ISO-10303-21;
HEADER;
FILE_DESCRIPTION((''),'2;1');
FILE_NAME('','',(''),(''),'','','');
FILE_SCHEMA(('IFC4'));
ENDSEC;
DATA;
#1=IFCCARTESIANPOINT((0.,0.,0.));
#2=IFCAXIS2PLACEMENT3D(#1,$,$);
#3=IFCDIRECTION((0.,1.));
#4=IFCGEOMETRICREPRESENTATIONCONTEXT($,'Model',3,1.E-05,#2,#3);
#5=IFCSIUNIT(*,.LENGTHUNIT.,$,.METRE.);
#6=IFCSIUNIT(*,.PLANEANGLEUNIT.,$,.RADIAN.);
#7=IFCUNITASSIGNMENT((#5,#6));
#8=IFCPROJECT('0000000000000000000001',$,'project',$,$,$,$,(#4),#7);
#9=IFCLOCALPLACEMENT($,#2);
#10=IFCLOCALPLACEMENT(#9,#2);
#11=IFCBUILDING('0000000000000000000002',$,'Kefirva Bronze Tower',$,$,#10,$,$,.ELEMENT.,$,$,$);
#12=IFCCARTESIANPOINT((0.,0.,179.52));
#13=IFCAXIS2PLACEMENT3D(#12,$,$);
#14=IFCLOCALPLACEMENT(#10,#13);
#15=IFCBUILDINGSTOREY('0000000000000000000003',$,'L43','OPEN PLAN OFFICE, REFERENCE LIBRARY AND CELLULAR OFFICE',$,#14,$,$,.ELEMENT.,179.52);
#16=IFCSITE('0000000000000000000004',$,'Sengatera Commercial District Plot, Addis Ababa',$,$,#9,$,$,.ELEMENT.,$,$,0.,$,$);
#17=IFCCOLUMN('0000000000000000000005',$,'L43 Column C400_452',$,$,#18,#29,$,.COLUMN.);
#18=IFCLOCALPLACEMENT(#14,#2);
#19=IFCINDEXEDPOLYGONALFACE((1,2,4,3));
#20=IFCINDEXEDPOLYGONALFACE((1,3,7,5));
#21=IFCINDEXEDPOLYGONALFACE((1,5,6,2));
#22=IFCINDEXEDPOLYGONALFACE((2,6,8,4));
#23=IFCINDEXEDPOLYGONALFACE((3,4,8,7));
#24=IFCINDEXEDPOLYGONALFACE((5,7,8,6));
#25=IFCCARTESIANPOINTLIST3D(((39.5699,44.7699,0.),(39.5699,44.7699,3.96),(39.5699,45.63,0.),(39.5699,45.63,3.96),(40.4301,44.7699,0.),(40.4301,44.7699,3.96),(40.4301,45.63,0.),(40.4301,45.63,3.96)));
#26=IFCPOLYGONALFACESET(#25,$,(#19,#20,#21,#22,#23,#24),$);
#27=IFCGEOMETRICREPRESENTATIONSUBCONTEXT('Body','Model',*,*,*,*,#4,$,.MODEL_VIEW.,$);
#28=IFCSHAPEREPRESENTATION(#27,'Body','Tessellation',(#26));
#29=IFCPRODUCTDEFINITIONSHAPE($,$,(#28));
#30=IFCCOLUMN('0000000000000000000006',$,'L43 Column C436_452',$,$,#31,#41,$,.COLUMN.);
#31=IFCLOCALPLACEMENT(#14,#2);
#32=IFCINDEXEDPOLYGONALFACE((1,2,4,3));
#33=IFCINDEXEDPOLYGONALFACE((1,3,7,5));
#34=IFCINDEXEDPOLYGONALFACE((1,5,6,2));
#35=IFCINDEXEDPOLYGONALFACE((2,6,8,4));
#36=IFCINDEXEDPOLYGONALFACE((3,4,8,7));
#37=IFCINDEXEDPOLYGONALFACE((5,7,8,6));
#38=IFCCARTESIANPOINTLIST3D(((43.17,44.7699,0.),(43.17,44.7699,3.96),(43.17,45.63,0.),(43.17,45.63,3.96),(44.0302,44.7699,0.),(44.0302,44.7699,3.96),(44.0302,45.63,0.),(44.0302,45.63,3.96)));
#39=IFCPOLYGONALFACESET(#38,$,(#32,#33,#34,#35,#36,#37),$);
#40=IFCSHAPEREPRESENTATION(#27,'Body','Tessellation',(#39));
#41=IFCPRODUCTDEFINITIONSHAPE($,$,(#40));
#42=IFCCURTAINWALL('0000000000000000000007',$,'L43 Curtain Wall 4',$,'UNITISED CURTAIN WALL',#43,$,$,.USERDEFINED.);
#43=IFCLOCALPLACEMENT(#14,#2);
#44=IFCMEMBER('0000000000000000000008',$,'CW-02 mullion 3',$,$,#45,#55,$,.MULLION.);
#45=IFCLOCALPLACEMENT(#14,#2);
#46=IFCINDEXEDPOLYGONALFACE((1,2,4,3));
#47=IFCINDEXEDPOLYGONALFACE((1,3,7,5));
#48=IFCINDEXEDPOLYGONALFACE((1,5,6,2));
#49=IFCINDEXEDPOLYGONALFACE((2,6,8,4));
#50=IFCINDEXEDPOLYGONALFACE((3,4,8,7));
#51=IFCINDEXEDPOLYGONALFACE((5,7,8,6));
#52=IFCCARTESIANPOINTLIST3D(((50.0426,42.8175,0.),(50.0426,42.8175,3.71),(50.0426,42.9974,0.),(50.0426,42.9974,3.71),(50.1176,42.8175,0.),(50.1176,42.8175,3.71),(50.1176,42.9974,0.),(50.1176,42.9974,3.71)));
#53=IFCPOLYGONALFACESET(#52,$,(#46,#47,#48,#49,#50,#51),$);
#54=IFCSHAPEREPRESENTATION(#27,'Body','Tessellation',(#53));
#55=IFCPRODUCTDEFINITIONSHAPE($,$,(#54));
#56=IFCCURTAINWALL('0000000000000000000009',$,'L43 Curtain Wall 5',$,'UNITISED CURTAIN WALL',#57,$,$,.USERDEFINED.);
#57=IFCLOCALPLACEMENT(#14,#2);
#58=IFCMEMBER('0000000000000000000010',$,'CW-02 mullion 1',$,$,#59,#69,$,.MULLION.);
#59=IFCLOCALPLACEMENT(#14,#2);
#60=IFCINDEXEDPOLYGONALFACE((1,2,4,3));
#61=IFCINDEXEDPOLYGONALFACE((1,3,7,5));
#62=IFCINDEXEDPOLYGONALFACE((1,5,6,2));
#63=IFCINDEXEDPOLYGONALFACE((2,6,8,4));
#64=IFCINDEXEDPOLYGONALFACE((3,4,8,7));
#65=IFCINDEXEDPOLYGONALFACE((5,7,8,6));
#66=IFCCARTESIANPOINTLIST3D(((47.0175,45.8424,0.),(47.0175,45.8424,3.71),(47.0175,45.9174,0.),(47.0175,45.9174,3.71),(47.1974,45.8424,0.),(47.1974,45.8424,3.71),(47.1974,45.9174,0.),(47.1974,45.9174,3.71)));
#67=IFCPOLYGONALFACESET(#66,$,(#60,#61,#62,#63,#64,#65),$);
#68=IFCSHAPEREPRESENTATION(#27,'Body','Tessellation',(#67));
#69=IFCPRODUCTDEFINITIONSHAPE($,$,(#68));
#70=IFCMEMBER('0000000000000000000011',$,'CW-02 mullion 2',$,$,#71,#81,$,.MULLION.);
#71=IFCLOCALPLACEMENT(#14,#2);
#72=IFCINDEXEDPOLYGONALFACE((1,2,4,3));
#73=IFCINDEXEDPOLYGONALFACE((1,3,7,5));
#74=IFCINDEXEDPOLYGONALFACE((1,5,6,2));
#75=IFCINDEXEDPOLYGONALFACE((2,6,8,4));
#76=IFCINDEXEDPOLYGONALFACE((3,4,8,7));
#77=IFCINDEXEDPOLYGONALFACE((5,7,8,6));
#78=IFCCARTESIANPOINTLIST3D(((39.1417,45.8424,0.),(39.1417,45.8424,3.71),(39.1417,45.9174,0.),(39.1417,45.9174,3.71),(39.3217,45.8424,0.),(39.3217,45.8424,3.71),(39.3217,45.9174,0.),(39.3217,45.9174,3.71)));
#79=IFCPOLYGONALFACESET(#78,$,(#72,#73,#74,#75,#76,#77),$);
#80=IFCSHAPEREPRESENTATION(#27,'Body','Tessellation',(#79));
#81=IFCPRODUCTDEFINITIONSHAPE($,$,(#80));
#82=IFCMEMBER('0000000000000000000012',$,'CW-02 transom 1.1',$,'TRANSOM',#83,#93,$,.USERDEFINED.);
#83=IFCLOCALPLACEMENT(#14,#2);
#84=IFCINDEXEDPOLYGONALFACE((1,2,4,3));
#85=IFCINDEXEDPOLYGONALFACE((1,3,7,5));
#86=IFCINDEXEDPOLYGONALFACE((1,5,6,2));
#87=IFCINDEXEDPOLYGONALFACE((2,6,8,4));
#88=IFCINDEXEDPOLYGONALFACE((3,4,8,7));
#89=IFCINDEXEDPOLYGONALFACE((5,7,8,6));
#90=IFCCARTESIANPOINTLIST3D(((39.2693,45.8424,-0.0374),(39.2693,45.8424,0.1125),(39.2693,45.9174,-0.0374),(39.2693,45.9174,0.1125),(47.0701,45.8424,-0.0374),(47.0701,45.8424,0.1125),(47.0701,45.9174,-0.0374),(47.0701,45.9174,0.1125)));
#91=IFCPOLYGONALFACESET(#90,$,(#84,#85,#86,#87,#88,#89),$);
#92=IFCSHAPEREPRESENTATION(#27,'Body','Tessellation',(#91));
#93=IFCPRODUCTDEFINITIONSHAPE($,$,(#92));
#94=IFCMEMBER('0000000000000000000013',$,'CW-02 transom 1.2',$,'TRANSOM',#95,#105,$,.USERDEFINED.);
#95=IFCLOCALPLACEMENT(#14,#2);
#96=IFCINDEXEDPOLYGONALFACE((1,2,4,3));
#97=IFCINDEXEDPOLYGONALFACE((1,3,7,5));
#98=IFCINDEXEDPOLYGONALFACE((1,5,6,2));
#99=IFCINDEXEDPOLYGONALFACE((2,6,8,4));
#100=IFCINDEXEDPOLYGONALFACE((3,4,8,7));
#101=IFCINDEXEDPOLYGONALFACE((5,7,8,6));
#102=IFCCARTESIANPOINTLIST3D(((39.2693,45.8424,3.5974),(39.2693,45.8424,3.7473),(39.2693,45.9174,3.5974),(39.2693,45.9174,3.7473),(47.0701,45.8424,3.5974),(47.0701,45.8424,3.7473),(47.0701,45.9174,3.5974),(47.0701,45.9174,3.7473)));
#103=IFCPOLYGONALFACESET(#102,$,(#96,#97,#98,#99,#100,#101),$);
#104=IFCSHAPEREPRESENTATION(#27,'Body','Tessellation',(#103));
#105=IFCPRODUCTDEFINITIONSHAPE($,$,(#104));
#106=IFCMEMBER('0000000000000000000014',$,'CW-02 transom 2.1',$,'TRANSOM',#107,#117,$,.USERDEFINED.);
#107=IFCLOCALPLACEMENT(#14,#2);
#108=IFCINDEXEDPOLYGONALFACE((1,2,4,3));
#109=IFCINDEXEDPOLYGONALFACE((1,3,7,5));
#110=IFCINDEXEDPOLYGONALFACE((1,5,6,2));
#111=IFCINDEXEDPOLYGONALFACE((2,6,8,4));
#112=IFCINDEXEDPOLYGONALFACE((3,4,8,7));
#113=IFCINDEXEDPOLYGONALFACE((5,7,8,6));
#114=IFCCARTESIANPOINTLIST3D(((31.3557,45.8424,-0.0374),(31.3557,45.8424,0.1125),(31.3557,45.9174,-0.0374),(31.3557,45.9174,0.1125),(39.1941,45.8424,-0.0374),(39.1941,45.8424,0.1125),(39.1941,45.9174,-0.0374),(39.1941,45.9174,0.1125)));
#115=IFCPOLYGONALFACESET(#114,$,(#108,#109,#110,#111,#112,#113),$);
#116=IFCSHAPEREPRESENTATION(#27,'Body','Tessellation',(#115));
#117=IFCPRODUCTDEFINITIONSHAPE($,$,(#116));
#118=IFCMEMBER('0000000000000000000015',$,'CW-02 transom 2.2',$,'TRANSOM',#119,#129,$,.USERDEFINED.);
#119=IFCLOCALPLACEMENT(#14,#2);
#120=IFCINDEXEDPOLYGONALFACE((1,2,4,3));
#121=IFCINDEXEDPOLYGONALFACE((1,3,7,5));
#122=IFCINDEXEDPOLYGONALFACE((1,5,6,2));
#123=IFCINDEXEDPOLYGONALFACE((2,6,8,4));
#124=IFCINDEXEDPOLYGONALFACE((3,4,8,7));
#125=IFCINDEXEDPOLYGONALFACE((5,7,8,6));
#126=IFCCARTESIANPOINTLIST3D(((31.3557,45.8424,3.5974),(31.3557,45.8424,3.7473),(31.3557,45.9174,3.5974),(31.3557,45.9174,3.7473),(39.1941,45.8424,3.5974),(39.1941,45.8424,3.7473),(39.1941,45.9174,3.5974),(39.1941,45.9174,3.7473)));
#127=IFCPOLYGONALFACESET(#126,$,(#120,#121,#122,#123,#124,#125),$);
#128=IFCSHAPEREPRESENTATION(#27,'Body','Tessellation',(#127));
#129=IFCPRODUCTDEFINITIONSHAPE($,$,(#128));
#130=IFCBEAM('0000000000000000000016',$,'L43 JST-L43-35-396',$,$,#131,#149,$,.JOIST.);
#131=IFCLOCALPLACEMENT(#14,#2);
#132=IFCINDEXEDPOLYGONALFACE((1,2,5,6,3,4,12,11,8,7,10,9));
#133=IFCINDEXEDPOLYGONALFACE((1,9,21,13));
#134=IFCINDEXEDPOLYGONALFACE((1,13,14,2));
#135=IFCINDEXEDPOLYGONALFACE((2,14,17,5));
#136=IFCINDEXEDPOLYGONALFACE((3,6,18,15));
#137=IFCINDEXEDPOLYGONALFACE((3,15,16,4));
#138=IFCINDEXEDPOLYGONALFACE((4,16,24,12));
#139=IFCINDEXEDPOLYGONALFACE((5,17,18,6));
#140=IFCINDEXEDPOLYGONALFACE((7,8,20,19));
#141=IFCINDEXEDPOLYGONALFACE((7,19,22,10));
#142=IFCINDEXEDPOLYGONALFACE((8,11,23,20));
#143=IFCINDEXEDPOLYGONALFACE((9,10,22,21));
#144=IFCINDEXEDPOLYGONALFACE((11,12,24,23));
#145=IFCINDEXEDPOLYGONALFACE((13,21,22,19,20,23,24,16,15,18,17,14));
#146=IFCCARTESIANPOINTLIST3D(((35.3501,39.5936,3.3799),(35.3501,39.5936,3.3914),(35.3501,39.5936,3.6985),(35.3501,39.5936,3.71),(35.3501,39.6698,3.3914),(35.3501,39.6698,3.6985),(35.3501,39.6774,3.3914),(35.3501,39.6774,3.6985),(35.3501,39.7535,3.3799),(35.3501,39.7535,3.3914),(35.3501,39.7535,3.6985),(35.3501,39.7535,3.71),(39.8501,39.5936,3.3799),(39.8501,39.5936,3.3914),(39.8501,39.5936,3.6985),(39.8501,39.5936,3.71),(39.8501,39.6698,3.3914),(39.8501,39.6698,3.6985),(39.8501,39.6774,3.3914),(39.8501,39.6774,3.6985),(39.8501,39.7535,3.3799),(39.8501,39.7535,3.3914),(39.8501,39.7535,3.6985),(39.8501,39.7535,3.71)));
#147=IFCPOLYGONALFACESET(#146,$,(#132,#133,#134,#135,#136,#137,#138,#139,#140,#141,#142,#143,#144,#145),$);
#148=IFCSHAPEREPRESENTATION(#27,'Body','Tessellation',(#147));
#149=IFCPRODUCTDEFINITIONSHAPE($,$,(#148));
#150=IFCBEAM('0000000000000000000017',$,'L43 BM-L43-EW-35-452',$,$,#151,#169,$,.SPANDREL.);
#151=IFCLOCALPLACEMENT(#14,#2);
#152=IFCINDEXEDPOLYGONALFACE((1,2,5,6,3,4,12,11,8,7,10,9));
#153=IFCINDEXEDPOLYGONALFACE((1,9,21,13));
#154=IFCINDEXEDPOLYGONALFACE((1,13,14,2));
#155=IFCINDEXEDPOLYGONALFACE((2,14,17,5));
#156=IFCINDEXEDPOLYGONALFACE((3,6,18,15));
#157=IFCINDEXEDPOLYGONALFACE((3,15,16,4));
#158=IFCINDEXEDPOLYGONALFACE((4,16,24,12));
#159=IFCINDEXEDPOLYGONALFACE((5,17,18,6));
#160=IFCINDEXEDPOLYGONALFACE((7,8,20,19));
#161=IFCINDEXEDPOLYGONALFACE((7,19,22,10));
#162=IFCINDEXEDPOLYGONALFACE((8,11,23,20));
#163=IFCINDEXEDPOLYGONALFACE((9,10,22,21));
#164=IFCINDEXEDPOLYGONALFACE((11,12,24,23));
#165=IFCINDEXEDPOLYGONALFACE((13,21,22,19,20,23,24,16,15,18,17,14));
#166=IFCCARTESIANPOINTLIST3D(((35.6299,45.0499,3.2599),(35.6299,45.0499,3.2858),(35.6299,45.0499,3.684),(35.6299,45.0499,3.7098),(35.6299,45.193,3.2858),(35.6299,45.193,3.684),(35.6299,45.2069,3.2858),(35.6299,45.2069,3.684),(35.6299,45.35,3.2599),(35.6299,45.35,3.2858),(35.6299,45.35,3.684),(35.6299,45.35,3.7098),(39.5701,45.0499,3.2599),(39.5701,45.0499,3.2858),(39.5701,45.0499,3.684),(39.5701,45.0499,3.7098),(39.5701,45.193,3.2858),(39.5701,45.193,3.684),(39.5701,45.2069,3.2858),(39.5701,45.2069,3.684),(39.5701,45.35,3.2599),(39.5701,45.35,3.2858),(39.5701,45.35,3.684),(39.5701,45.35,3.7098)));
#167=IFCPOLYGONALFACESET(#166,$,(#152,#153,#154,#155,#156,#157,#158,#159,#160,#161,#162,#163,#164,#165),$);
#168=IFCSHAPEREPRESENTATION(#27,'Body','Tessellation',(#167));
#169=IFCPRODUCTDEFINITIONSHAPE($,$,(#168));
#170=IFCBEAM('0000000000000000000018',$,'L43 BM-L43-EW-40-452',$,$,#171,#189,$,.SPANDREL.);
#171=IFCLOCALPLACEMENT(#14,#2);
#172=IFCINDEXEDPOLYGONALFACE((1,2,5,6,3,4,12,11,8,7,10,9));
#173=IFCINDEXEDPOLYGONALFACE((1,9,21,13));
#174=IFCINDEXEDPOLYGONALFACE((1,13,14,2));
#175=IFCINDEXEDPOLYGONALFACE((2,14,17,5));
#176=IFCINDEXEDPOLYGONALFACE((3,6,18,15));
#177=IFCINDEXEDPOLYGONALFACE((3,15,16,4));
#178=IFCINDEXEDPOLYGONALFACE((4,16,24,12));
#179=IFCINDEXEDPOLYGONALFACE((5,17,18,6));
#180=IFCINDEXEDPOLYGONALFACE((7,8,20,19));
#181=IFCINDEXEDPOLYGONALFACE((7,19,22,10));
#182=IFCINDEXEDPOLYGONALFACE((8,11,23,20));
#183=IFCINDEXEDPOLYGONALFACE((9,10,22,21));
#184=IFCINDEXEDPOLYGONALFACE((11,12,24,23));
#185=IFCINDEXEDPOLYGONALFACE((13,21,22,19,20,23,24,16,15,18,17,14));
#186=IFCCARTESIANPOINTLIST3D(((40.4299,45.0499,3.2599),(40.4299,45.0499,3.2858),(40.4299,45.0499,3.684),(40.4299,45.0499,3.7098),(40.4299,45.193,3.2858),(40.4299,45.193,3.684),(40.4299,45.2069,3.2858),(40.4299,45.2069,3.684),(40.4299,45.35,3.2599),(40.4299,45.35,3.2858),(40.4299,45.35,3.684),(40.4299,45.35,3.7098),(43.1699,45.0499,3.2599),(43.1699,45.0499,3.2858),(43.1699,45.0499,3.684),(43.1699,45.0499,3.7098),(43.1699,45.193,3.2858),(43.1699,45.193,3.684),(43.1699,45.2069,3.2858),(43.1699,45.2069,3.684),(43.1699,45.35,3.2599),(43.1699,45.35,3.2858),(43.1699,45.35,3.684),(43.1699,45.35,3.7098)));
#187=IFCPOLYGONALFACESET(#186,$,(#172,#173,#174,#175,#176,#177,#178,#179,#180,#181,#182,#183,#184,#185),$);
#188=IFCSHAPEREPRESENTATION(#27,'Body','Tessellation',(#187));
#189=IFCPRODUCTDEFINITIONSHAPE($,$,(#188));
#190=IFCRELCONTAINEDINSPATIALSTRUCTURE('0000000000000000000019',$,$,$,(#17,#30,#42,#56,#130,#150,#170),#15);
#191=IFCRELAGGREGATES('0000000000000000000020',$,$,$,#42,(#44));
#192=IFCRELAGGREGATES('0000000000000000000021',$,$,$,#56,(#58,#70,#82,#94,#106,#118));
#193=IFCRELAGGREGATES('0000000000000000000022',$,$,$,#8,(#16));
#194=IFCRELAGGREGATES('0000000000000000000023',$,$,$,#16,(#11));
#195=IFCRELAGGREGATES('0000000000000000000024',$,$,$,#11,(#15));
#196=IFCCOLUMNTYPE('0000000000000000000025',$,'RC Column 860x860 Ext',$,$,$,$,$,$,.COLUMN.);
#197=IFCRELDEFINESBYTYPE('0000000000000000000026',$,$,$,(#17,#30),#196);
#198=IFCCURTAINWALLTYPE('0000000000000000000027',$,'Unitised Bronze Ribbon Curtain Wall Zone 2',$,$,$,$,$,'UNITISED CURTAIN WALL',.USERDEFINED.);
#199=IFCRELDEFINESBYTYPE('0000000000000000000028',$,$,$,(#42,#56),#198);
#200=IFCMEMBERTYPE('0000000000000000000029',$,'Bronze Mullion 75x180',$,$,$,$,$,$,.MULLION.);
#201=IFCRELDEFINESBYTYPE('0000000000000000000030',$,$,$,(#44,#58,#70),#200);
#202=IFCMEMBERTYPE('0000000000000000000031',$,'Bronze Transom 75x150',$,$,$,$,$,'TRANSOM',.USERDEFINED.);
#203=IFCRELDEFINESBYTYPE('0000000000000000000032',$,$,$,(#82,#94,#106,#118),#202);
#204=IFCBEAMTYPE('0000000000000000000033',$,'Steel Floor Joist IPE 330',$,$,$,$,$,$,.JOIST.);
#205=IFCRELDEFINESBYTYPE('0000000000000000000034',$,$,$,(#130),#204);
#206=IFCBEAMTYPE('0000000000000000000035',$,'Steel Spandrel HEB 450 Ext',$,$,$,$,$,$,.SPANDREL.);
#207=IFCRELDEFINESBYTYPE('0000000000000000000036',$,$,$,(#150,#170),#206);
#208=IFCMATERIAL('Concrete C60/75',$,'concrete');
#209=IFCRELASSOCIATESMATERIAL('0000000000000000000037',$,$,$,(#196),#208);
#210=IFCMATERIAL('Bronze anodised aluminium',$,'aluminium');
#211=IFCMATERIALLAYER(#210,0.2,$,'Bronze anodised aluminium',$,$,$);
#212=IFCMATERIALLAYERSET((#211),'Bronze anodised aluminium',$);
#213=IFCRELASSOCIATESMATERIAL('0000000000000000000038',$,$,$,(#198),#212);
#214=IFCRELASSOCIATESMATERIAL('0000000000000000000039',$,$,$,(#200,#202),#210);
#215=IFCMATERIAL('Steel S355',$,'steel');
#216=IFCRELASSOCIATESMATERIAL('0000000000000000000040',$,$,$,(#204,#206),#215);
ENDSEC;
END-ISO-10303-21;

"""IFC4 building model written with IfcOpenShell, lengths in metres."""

from ifc_helpers import new_model, si_unit, direction, frame, origin, origin_2d, place, context, subcontext, project, spatial, rectangle, i_section, extrude, material, layer, layer_set, material_profile, profile_set, type_object, element, aggregate, save


model = new_model("IFC4")

# Units and contexts
model_context = context("Model", 3, precision=1e-05, world=origin(), true_north=direction((0.0, 1.0)))
body_context = subcontext(model_context, "Body", "Model", "MODEL_VIEW")
ifc_project = project(units=[si_unit("LENGTHUNIT", "METRE"), si_unit("PLANEANGLEUNIT", "RADIAN")], contexts=[model_context])

# Site, building, storey
site_placement = place(None, origin())
site = spatial("IfcSite", under=ifc_project, at=site_placement, Name="Sengatera Commercial District Plot, Addis Ababa", CompositionType="ELEMENT", RefElevation=0.0)
building_placement = place(site_placement, origin())
building = spatial("IfcBuilding", under=site, at=building_placement, Name="Kefirva Bronze Tower", CompositionType="ELEMENT")
storey_placement = place(building_placement, frame((0.0, 0.0, 179.52)))
storey = spatial("IfcBuildingStorey", under=building, at=storey_placement, Name="L43", Description="OPEN PLAN OFFICE, REFERENCE LIBRARY AND CELLULAR OFFICE", CompositionType="ELEMENT", Elevation=179.52)

# Columns
ifc_material_1 = material(Name="Concrete C60/75", Category="concrete")
ifc_material_profile_1 = material_profile(ifc_material_1, rectangle(XDim=0.8601, YDim=0.8601, at=origin_2d()), Name="RC 860x860")
ifc_profile_set_1 = profile_set([ifc_material_profile_1], Name="Concrete C60/75")
column_type = type_object("IfcColumnType", Name="RC Column 860x860 Ext", PredefinedType="COLUMN", material=ifc_profile_set_1)
for number, where, z_axis, x_axis, name in (
    (1, (40.0, 45.2, 0.0), (0.0, 0.0, 1.0), (1.0, 0.0, 0.0), "L43 Column C400_452"),
    (2, (43.6001, 45.2, 0.0), (0.0, 0.0, 1.0), (1.0, 0.0, 0.0), "L43 Column C436_452"),
):
    element("IfcColumn", number, at=place(storey_placement, frame(where, z_axis=z_axis, x_axis=x_axis)), inside=storey, type_object=column_type, Name=name, PredefinedType="COLUMN", context=body_context, shape_type="SweptSolid", body=[
        extrude(rectangle(XDim=0.8601, YDim=0.8601, at=origin_2d()), origin(), (0.0, 0.0, 1.0), 3.96),
    ])

# Curtain wall, member
ifc_material_2 = material(Name="Bronze anodised aluminium", Category="aluminium")
ifc_layer_1 = layer(ifc_material_2, 0.2, Name="Bronze anodised aluminium")
ifc_layer_set_1 = layer_set([ifc_layer_1], Name="Bronze anodised aluminium")
curtain_wall_type = type_object("IfcCurtainWallType", Name="Unitised Bronze Ribbon Curtain Wall Zone 2", ElementType="UNITISED CURTAIN WALL", PredefinedType="USERDEFINED", material=ifc_layer_set_1)
curtain_wall_1_placement = place(storey_placement, origin())
curtain_wall_1 = element("IfcCurtainWall", 3, at=curtain_wall_1_placement, inside=storey, type_object=curtain_wall_type, Name="L43 Curtain Wall 4", ObjectType="UNITISED CURTAIN WALL", PredefinedType="USERDEFINED")
ifc_material_profile_2 = material_profile(ifc_material_2, rectangle(XDim=0.075, YDim=0.1799, at=origin_2d()), Name="ALU 75x180")
ifc_profile_set_2 = profile_set([ifc_material_profile_2], Name="Bronze anodised aluminium")
member_type_1 = type_object("IfcMemberType", Name="Bronze Mullion 75x180", PredefinedType="MULLION", material=ifc_profile_set_2)
member_1_placement = place(storey_placement, frame((50.0801, 42.9075, 0.0), z_axis=(0.0, 0.0, 1.0), x_axis=(-1.0, 0.0, 0.0)))
member_1 = element("IfcMember", 4, at=member_1_placement, type_object=member_type_1, Name="CW-02 mullion 3", PredefinedType="MULLION", context=body_context, shape_type="SweptSolid", body=[
    extrude(rectangle(XDim=0.075, YDim=0.1799, at=origin_2d()), origin(), (0.0, 0.0, 1.0), 3.71),
])
aggregate(curtain_wall_1, [member_1])

# Curtain wall, members
curtain_wall_2_placement = place(storey_placement, origin())
curtain_wall_2 = element("IfcCurtainWall", 5, at=curtain_wall_2_placement, inside=storey, type_object=curtain_wall_type, Name="L43 Curtain Wall 5", ObjectType="UNITISED CURTAIN WALL", PredefinedType="USERDEFINED")
member_2_placement = place(storey_placement, frame((47.1074, 45.8799, 0.0), z_axis=(0.0, 0.0, 1.0), x_axis=(0.0, -1.0, 0.0)))
member_2 = element("IfcMember", 6, at=member_2_placement, type_object=member_type_1, Name="CW-02 mullion 1", PredefinedType="MULLION", context=body_context, shape_type="SweptSolid", body=[
    extrude(rectangle(XDim=0.075, YDim=0.1799, at=origin_2d()), origin(), (0.0, 0.0, 1.0), 3.71),
])
member_3_placement = place(storey_placement, frame((39.2317, 45.8799, 0.0), z_axis=(0.0, 0.0, 1.0), x_axis=(0.0, -1.0, 0.0)))
member_3 = element("IfcMember", 7, at=member_3_placement, type_object=member_type_1, Name="CW-02 mullion 2", PredefinedType="MULLION", context=body_context, shape_type="SweptSolid", body=[
    extrude(rectangle(XDim=0.075, YDim=0.1799, at=origin_2d()), origin(), (0.0, 0.0, 1.0), 3.71),
])
ifc_material_profile_3 = material_profile(ifc_material_2, rectangle(XDim=0.075, YDim=0.1499, at=origin_2d()), Name="ALU 75x150")
ifc_profile_set_3 = profile_set([ifc_material_profile_3], Name="Bronze anodised aluminium")
member_type_2 = type_object("IfcMemberType", Name="Bronze Transom 75x150", ElementType="TRANSOM", PredefinedType="USERDEFINED", material=ifc_profile_set_3)
member_4_placement = place(storey_placement, frame((47.0701, 45.8799, 0.0376), z_axis=(-1.0, 0.0, 0.0), x_axis=(0.0, -1.0, 0.0)))
member_4 = element("IfcMember", 8, at=member_4_placement, type_object=member_type_2, Name="CW-02 transom 1.1", ObjectType="TRANSOM", PredefinedType="USERDEFINED", context=body_context, shape_type="SweptSolid", body=[
    extrude(rectangle(XDim=0.075, YDim=0.1499, at=origin_2d()), origin(), (0.0, 0.0, 1.0), 7.8008),
])
member_5_placement = place(storey_placement, frame((47.0701, 45.8799, 3.6724), z_axis=(-1.0, 0.0, 0.0), x_axis=(0.0, -1.0, 0.0)))
member_5 = element("IfcMember", 9, at=member_5_placement, type_object=member_type_2, Name="CW-02 transom 1.2", ObjectType="TRANSOM", PredefinedType="USERDEFINED", context=body_context, shape_type="SweptSolid", body=[
    extrude(rectangle(XDim=0.075, YDim=0.1499, at=origin_2d()), origin(), (0.0, 0.0, 1.0), 7.8008),
])
member_6_placement = place(storey_placement, frame((39.1941, 45.8799, 0.0376), z_axis=(-1.0, 0.0, 0.0), x_axis=(0.0, -1.0, 0.0)))
member_6 = element("IfcMember", 10, at=member_6_placement, type_object=member_type_2, Name="CW-02 transom 2.1", ObjectType="TRANSOM", PredefinedType="USERDEFINED", context=body_context, shape_type="SweptSolid", body=[
    extrude(rectangle(XDim=0.075, YDim=0.1499, at=origin_2d()), origin(), (0.0, 0.0, 1.0), 7.8384),
])
member_7_placement = place(storey_placement, frame((39.1941, 45.8799, 3.6724), z_axis=(-1.0, 0.0, 0.0), x_axis=(0.0, -1.0, 0.0)))
member_7 = element("IfcMember", 11, at=member_7_placement, type_object=member_type_2, Name="CW-02 transom 2.2", ObjectType="TRANSOM", PredefinedType="USERDEFINED", context=body_context, shape_type="SweptSolid", body=[
    extrude(rectangle(XDim=0.075, YDim=0.1499, at=origin_2d()), origin(), (0.0, 0.0, 1.0), 7.8384),
])

# Beams
ifc_material_3 = material(Name="Steel S355", Category="steel")
ifc_material_profile_4 = material_profile(ifc_material_3, i_section(OverallWidth=0.1599, OverallDepth=0.3301, WebThickness=0.0076, FlangeThickness=0.0115, at=origin_2d()), Name="IPE 330")
ifc_profile_set_4 = profile_set([ifc_material_profile_4], Name="Steel S355")
beam_type_1 = type_object("IfcBeamType", Name="Steel Floor Joist IPE 330", PredefinedType="JOIST", material=ifc_profile_set_4)
beam_1_placement = place(storey_placement, frame((35.3501, 39.6736, 3.5449), z_axis=(1.0, 0.0, 0.0), x_axis=(0.0, 1.0, 0.0)))
element("IfcBeam", 12, at=beam_1_placement, inside=storey, type_object=beam_type_1, Name="L43 JST-L43-35-396", PredefinedType="JOIST", context=body_context, shape_type="SweptSolid", body=[
    extrude(i_section(OverallWidth=0.1599, OverallDepth=0.3301, WebThickness=0.0076, FlangeThickness=0.0115, at=origin_2d()), origin(), (0.0, 0.0, 1.0), 4.5),
])
ifc_material_profile_5 = material_profile(ifc_material_3, i_section(OverallWidth=0.3, OverallDepth=0.45, WebThickness=0.0139, FlangeThickness=0.0259, at=origin_2d()), Name="HEB 450")
ifc_profile_set_5 = profile_set([ifc_material_profile_5], Name="Steel S355")
beam_type_2 = type_object("IfcBeamType", Name="Steel Spandrel HEB 450 Ext", PredefinedType="SPANDREL", material=ifc_profile_set_5)
beam_2_placement = place(storey_placement, frame((35.6299, 45.2, 3.4849), z_axis=(1.0, 0.0, 0.0), x_axis=(0.0, 1.0, 0.0)))
element("IfcBeam", 13, at=beam_2_placement, inside=storey, type_object=beam_type_2, Name="L43 BM-L43-EW-35-452", PredefinedType="SPANDREL", context=body_context, shape_type="SweptSolid", body=[
    extrude(i_section(OverallWidth=0.3, OverallDepth=0.45, WebThickness=0.0139, FlangeThickness=0.0259, at=origin_2d()), origin(), (0.0, 0.0, 1.0), 3.9402),
])
beam_3_placement = place(storey_placement, frame((40.4299, 45.2, 3.4849), z_axis=(1.0, 0.0, 0.0), x_axis=(0.0, 1.0, 0.0)))
element("IfcBeam", 14, at=beam_3_placement, inside=storey, type_object=beam_type_2, Name="L43 BM-L43-EW-40-452", PredefinedType="SPANDREL", context=body_context, shape_type="SweptSolid", body=[
    extrude(i_section(OverallWidth=0.3, OverallDepth=0.45, WebThickness=0.0139, FlangeThickness=0.0259, at=origin_2d()), origin(), (0.0, 0.0, 1.0), 2.74),
])

aggregate(curtain_wall_2, [member_2, member_3, member_4, member_5, member_6, member_7])

save(model, "model.ifc")
